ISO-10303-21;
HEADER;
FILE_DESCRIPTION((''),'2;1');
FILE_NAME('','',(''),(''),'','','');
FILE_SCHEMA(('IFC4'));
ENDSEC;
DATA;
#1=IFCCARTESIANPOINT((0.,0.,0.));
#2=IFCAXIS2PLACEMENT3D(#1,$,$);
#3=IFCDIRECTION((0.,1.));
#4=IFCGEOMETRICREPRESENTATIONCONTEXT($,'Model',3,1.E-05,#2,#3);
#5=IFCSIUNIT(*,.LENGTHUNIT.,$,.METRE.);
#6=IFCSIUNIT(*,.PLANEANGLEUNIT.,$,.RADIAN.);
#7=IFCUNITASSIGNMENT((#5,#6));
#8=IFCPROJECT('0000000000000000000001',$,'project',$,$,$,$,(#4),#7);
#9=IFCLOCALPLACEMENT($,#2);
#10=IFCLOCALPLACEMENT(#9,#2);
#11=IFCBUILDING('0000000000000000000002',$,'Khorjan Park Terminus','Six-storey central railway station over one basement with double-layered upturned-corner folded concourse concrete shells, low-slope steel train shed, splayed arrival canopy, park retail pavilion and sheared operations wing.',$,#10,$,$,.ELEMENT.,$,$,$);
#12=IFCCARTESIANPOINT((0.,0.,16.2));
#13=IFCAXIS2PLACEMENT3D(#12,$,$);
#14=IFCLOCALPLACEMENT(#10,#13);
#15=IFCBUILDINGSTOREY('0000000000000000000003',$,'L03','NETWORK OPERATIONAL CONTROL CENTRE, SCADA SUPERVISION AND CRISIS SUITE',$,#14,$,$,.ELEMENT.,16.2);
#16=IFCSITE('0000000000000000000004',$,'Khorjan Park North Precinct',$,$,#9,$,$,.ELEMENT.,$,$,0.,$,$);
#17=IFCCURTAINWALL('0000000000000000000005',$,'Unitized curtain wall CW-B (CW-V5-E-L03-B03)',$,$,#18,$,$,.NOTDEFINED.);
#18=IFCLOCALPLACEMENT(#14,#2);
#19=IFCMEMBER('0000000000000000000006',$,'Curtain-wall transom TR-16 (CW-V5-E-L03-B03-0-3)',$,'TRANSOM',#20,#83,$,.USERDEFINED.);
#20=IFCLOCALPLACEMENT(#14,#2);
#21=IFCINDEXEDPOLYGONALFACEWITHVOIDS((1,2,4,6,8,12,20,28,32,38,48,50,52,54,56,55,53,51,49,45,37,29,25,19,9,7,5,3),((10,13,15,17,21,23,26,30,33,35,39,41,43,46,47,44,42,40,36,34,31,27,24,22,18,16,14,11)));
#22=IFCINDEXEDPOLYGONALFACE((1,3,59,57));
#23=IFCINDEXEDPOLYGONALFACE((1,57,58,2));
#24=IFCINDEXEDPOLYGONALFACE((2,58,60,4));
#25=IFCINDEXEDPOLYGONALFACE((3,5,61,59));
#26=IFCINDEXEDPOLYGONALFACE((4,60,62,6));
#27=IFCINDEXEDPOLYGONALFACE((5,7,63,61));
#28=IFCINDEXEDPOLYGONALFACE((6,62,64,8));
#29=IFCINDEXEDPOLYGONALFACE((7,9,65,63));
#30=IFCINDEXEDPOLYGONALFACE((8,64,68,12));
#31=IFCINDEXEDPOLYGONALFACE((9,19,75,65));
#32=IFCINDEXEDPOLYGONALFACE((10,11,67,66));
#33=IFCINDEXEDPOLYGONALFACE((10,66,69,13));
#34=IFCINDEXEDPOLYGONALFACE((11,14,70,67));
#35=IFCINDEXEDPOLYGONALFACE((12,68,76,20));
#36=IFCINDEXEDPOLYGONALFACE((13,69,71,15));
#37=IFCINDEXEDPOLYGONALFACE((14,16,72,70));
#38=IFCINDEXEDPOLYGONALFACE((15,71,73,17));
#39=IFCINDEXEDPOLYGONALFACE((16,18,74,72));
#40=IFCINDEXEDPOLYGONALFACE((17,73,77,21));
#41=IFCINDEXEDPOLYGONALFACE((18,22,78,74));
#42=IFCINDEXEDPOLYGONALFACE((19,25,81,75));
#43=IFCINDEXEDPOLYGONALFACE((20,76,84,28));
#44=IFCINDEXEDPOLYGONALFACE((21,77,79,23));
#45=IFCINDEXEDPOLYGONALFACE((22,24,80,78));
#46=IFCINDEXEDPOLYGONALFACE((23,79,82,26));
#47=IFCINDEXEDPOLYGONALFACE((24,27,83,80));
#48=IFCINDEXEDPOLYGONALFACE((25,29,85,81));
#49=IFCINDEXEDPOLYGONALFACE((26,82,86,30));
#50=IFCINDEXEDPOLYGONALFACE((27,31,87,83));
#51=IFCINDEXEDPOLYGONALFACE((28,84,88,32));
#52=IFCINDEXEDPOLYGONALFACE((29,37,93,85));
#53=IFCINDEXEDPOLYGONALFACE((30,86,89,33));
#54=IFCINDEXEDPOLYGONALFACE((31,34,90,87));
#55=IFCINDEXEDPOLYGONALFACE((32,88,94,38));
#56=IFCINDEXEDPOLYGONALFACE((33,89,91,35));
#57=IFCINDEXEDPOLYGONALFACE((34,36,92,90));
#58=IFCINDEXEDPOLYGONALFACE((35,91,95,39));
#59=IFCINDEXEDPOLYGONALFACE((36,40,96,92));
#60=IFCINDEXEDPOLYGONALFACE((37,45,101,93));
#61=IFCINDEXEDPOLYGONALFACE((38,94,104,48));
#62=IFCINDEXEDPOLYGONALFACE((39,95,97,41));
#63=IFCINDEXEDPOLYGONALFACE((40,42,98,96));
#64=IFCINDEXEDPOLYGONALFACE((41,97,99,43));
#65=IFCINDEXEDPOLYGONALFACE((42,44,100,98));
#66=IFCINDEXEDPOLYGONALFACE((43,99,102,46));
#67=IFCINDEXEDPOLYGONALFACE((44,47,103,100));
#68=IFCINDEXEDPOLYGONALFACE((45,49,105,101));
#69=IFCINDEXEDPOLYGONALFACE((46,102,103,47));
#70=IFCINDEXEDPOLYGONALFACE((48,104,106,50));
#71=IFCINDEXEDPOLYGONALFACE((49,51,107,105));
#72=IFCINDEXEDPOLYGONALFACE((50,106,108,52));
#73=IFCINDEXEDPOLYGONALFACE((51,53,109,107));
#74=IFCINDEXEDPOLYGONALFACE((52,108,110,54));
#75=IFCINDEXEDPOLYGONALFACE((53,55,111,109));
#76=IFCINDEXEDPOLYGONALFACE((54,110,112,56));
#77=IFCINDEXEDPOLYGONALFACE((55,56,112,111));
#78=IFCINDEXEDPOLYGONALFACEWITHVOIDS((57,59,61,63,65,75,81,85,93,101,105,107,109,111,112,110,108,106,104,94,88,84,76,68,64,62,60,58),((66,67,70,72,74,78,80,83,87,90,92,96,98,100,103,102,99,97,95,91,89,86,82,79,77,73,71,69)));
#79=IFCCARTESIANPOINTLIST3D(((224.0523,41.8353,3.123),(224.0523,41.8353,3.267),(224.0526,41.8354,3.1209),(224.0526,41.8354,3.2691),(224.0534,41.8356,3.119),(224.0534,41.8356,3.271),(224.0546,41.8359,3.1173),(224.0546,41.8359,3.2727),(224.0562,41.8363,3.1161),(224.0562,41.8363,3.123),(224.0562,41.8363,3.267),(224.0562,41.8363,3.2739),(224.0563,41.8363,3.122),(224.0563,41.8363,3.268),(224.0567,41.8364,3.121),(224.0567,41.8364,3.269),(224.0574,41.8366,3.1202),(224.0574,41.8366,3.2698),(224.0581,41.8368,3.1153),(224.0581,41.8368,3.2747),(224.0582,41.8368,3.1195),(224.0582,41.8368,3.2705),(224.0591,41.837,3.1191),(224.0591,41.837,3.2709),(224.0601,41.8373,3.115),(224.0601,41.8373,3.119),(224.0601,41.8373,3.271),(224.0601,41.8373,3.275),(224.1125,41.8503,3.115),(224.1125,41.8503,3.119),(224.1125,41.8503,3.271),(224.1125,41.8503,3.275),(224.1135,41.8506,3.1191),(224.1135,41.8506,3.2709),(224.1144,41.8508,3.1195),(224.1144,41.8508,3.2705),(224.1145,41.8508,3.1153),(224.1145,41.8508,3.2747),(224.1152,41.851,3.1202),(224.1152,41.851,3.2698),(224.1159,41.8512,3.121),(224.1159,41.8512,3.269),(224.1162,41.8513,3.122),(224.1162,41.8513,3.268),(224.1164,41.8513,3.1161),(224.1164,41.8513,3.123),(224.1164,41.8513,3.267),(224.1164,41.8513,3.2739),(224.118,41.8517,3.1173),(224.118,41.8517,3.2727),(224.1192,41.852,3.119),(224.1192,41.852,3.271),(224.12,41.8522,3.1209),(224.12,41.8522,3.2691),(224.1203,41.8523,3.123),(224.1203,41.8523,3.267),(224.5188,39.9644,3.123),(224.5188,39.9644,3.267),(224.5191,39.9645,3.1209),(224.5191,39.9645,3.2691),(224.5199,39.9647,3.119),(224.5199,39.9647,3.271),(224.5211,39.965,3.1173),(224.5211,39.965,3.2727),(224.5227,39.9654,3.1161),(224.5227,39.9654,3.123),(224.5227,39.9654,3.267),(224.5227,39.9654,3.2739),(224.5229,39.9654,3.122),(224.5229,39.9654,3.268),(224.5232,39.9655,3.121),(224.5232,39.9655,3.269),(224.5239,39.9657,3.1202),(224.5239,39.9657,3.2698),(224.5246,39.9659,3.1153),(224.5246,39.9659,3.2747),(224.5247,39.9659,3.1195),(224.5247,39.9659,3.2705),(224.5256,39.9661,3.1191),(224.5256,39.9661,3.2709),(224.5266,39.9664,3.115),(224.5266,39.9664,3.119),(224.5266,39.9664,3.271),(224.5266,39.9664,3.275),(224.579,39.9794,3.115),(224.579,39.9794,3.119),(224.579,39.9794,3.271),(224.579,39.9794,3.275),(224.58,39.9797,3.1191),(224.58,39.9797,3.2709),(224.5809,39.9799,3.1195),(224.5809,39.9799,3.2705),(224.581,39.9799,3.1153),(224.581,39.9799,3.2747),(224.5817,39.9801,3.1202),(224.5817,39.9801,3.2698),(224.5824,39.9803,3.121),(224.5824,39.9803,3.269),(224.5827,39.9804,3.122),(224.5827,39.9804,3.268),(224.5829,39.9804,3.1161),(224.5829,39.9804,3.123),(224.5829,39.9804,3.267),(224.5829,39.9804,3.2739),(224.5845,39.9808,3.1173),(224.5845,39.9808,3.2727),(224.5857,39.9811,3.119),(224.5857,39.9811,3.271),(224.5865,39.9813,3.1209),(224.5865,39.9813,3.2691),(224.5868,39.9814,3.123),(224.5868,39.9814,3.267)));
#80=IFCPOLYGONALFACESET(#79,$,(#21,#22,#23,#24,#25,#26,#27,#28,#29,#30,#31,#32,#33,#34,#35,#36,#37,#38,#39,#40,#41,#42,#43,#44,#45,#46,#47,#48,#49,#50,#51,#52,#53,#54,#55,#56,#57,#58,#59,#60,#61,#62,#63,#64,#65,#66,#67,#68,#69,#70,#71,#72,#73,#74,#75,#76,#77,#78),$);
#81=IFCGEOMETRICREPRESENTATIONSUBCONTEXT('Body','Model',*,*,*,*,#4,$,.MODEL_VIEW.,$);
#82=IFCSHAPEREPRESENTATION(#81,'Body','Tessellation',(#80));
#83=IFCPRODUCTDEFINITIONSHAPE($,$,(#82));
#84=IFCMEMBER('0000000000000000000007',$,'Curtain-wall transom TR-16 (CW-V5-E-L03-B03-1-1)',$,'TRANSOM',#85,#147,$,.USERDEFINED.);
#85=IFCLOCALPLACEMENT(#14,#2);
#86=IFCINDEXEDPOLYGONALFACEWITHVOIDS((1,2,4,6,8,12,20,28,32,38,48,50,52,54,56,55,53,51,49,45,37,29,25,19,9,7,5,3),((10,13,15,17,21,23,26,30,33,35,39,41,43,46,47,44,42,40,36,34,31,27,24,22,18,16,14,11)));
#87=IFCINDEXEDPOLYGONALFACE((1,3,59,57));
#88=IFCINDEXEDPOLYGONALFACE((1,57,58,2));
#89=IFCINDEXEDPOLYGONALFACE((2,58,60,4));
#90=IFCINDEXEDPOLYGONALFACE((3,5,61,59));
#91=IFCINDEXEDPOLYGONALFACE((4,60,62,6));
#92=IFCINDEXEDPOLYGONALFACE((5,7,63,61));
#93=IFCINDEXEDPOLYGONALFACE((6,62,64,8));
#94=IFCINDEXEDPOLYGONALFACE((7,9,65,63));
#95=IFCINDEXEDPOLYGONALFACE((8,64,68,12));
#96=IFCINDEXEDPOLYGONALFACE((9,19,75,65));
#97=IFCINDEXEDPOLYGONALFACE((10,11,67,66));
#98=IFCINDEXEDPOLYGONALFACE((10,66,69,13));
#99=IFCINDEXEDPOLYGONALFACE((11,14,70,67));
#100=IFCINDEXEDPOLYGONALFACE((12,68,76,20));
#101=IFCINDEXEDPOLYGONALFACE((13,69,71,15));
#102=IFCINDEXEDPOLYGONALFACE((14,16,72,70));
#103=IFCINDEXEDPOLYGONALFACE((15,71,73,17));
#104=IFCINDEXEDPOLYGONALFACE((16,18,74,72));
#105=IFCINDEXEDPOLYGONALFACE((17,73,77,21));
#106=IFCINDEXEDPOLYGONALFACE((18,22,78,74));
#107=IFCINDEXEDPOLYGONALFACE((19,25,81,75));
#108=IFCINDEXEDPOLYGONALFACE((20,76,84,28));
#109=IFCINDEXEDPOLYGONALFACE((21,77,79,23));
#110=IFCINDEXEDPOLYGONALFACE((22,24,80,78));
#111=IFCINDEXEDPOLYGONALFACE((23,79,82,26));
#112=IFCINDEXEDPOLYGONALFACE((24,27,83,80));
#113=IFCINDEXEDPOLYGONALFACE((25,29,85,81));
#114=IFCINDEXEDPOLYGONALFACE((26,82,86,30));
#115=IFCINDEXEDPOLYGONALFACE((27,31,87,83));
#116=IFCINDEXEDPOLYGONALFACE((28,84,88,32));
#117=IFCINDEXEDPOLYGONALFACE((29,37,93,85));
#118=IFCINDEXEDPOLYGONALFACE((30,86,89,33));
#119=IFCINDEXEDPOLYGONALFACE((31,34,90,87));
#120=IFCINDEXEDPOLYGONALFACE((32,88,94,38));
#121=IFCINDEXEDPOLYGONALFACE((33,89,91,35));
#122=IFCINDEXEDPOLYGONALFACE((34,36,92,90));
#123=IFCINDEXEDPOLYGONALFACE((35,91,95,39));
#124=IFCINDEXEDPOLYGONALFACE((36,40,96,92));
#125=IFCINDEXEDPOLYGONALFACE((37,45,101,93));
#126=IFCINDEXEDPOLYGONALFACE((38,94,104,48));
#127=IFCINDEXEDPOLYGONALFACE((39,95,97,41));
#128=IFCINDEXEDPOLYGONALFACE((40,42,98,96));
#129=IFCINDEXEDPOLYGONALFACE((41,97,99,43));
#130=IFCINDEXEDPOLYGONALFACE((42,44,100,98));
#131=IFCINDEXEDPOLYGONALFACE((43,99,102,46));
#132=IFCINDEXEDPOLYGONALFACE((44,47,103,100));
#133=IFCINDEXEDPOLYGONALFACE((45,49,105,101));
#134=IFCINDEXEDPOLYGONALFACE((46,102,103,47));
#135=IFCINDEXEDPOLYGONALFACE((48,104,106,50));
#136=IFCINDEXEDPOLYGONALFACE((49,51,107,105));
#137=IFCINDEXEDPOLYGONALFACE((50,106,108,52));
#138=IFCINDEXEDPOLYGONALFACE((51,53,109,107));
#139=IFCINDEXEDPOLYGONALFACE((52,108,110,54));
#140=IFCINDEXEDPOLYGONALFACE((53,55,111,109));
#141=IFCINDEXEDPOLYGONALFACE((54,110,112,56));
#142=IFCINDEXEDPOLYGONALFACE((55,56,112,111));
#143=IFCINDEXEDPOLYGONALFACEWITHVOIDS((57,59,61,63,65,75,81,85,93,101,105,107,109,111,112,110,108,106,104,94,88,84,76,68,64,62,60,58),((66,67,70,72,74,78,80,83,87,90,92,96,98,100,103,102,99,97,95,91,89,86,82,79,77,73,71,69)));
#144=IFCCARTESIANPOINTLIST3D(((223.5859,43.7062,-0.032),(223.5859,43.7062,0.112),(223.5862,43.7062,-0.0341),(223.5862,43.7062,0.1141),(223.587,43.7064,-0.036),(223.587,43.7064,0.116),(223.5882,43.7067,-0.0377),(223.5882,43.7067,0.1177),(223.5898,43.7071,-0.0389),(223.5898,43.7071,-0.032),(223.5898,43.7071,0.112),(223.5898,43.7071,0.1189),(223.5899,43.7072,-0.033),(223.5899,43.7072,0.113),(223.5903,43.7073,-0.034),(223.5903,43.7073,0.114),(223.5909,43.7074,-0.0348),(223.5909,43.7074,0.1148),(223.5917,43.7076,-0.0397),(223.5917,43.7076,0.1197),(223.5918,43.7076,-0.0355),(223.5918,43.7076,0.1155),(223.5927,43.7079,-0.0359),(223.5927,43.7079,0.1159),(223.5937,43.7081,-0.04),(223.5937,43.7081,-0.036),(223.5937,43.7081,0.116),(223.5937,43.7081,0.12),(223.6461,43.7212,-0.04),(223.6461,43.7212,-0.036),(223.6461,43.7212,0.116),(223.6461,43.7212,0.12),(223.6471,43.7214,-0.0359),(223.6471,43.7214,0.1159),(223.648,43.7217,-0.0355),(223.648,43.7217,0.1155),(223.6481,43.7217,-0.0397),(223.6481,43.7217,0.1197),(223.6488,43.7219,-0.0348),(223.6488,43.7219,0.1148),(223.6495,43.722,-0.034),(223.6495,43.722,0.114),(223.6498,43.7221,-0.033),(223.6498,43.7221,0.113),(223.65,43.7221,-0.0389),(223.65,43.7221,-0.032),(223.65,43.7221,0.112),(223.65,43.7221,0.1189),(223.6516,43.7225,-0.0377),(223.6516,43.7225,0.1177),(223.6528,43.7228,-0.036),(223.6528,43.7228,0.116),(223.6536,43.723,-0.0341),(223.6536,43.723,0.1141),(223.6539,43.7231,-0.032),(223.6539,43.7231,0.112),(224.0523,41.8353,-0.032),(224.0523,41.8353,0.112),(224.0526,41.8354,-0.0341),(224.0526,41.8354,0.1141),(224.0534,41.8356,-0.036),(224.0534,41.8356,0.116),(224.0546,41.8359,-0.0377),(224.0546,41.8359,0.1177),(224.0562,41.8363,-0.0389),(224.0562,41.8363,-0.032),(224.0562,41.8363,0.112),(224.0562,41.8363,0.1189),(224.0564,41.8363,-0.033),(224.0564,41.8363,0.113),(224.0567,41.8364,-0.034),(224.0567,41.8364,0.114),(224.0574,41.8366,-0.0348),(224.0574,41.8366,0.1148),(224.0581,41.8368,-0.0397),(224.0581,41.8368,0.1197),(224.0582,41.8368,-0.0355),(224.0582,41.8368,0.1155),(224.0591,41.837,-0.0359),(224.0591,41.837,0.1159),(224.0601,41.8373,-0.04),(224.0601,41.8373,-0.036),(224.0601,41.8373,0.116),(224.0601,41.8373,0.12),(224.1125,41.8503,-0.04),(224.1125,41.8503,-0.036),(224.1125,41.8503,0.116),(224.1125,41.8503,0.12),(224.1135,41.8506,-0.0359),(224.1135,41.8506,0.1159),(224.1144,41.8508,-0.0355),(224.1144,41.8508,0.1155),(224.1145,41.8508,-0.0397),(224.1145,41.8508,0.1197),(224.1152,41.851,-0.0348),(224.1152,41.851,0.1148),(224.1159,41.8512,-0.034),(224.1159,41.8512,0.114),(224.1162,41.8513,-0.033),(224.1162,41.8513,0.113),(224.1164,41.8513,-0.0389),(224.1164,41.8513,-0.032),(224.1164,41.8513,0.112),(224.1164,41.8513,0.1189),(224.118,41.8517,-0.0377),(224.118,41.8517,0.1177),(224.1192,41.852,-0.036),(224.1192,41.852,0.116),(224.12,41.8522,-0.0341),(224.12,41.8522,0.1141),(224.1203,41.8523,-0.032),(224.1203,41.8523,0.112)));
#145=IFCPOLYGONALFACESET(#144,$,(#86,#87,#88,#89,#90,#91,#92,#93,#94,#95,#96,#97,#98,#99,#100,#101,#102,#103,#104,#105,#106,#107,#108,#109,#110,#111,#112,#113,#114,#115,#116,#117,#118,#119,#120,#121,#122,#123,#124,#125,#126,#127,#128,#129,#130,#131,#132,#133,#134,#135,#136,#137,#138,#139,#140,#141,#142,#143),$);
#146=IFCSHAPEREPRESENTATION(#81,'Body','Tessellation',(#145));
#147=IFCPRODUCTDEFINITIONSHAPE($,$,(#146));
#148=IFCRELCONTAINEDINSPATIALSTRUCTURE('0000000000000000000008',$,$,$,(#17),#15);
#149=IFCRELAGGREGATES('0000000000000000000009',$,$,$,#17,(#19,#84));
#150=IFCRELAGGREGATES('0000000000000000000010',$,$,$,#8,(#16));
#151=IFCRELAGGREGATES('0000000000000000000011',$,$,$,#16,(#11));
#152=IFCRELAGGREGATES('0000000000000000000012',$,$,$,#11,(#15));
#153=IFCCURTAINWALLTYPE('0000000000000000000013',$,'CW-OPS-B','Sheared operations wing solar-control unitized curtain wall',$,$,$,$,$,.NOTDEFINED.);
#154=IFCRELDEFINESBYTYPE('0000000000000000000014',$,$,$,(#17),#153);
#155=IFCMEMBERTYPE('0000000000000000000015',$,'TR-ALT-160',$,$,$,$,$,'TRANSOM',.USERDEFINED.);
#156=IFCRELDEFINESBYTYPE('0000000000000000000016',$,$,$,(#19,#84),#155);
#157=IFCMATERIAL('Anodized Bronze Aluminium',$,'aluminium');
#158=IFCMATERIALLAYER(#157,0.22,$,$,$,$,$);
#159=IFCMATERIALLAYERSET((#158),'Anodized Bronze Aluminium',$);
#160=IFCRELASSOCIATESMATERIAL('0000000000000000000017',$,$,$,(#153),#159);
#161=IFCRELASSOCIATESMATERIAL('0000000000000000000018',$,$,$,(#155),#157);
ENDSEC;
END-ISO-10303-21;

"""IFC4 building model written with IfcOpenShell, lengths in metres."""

from ifc_helpers import new_model, si_unit, direction, frame, origin, origin_2d, place, context, subcontext, project, spatial, hollow_rectangle, extrude, material, layer, layer_set, material_profile, profile_set, type_object, element, aggregate, save


model = new_model("IFC4")

# Units and contexts
model_context = context("Model", 3, precision=1e-05, world=origin(), true_north=direction((0.0, 1.0)))
body_context = subcontext(model_context, "Body", "Model", "MODEL_VIEW")
ifc_project = project(units=[si_unit("LENGTHUNIT", "METRE"), si_unit("PLANEANGLEUNIT", "RADIAN")], contexts=[model_context])

# Site, building, storey
site_placement = place(None, origin())
site = spatial("IfcSite", under=ifc_project, at=site_placement, Name="Khorjan Park North Precinct", CompositionType="ELEMENT", RefElevation=0.0)
building_placement = place(site_placement, origin())
building = spatial("IfcBuilding", under=site, at=building_placement, Name="Khorjan Park Terminus", Description="Six-storey central railway station over one basement with double-layered upturned-corner folded concourse concrete shells, low-slope steel train shed, splayed arrival canopy, park retail pavilion and sheared operations wing.", CompositionType="ELEMENT")
storey_placement = place(building_placement, frame((0.0, 0.0, 16.2)))
storey = spatial("IfcBuildingStorey", under=building, at=storey_placement, Name="L03", Description="NETWORK OPERATIONAL CONTROL CENTRE, SCADA SUPERVISION AND CRISIS SUITE", CompositionType="ELEMENT", Elevation=16.2)

# Curtain wall, members
ifc_material_1 = material(Name="Anodized Bronze Aluminium", Category="aluminium")
ifc_layer_1 = layer(ifc_material_1, 0.22)
ifc_layer_set_1 = layer_set([ifc_layer_1], Name="Anodized Bronze Aluminium")
curtain_wall_type = type_object("IfcCurtainWallType", Name="CW-OPS-B", Description="Sheared operations wing solar-control unitized curtain wall", PredefinedType="NOTDEFINED", material=ifc_layer_set_1)
curtain_wall_placement = place(storey_placement, origin())
curtain_wall = element("IfcCurtainWall", 1, at=curtain_wall_placement, inside=storey, type_object=curtain_wall_type, Name="Unitized curtain wall CW-B (CW-V5-E-L03-B03)", PredefinedType="NOTDEFINED")
ifc_material_profile_1 = material_profile(ifc_material_1, hollow_rectangle(XDim=0.07, YDim=0.16, WallThickness=0.004, InnerFilletRadius=0.004, OuterFilletRadius=0.008, at=origin_2d()), Name="ALT 70x160x4")
ifc_profile_set_1 = profile_set([ifc_material_profile_1], Name="Anodized Bronze Aluminium")
member_type_1 = type_object("IfcMemberType", Name="TR-ALT-160", ElementType="TRANSOM", PredefinedType="USERDEFINED", material=ifc_profile_set_1)
member_1_placement = place(storey_placement, frame((224.5528, 39.9729, 3.195), z_axis=(-0.241938, 0.970292, 0.0), x_axis=(-0.970292, -0.241938, 0.0)))
member_1 = element("IfcMember", 2, at=member_1_placement, type_object=member_type_1, Name="Curtain-wall transom TR-16 (CW-V5-E-L03-B03-0-3)", ObjectType="TRANSOM", PredefinedType="USERDEFINED", context=body_context, shape_type="SweptSolid", body=[
    extrude(hollow_rectangle(XDim=0.07, YDim=0.16, WallThickness=0.004, InnerFilletRadius=0.004, OuterFilletRadius=0.008, at=origin_2d()), origin(), (0.0, 0.0, 1.0), 1.9282),
])
member_2_placement = place(storey_placement, frame((224.0863, 41.8438, 0.04), z_axis=(-0.241901, 0.970301, 0.0), x_axis=(-0.970301, -0.241901, 0.0)))
member_2 = element("IfcMember", 3, at=member_2_placement, type_object=member_type_1, Name="Curtain-wall transom TR-16 (CW-V5-E-L03-B03-1-1)", ObjectType="TRANSOM", PredefinedType="USERDEFINED", context=body_context, shape_type="SweptSolid", body=[
    extrude(hollow_rectangle(XDim=0.07, YDim=0.16, WallThickness=0.004, InnerFilletRadius=0.004, OuterFilletRadius=0.008, at=origin_2d()), origin(), (0.0, 0.0, 1.0), 1.9281),
])
aggregate(curtain_wall, [member_1, member_2])

save(model, "model.ifc")
